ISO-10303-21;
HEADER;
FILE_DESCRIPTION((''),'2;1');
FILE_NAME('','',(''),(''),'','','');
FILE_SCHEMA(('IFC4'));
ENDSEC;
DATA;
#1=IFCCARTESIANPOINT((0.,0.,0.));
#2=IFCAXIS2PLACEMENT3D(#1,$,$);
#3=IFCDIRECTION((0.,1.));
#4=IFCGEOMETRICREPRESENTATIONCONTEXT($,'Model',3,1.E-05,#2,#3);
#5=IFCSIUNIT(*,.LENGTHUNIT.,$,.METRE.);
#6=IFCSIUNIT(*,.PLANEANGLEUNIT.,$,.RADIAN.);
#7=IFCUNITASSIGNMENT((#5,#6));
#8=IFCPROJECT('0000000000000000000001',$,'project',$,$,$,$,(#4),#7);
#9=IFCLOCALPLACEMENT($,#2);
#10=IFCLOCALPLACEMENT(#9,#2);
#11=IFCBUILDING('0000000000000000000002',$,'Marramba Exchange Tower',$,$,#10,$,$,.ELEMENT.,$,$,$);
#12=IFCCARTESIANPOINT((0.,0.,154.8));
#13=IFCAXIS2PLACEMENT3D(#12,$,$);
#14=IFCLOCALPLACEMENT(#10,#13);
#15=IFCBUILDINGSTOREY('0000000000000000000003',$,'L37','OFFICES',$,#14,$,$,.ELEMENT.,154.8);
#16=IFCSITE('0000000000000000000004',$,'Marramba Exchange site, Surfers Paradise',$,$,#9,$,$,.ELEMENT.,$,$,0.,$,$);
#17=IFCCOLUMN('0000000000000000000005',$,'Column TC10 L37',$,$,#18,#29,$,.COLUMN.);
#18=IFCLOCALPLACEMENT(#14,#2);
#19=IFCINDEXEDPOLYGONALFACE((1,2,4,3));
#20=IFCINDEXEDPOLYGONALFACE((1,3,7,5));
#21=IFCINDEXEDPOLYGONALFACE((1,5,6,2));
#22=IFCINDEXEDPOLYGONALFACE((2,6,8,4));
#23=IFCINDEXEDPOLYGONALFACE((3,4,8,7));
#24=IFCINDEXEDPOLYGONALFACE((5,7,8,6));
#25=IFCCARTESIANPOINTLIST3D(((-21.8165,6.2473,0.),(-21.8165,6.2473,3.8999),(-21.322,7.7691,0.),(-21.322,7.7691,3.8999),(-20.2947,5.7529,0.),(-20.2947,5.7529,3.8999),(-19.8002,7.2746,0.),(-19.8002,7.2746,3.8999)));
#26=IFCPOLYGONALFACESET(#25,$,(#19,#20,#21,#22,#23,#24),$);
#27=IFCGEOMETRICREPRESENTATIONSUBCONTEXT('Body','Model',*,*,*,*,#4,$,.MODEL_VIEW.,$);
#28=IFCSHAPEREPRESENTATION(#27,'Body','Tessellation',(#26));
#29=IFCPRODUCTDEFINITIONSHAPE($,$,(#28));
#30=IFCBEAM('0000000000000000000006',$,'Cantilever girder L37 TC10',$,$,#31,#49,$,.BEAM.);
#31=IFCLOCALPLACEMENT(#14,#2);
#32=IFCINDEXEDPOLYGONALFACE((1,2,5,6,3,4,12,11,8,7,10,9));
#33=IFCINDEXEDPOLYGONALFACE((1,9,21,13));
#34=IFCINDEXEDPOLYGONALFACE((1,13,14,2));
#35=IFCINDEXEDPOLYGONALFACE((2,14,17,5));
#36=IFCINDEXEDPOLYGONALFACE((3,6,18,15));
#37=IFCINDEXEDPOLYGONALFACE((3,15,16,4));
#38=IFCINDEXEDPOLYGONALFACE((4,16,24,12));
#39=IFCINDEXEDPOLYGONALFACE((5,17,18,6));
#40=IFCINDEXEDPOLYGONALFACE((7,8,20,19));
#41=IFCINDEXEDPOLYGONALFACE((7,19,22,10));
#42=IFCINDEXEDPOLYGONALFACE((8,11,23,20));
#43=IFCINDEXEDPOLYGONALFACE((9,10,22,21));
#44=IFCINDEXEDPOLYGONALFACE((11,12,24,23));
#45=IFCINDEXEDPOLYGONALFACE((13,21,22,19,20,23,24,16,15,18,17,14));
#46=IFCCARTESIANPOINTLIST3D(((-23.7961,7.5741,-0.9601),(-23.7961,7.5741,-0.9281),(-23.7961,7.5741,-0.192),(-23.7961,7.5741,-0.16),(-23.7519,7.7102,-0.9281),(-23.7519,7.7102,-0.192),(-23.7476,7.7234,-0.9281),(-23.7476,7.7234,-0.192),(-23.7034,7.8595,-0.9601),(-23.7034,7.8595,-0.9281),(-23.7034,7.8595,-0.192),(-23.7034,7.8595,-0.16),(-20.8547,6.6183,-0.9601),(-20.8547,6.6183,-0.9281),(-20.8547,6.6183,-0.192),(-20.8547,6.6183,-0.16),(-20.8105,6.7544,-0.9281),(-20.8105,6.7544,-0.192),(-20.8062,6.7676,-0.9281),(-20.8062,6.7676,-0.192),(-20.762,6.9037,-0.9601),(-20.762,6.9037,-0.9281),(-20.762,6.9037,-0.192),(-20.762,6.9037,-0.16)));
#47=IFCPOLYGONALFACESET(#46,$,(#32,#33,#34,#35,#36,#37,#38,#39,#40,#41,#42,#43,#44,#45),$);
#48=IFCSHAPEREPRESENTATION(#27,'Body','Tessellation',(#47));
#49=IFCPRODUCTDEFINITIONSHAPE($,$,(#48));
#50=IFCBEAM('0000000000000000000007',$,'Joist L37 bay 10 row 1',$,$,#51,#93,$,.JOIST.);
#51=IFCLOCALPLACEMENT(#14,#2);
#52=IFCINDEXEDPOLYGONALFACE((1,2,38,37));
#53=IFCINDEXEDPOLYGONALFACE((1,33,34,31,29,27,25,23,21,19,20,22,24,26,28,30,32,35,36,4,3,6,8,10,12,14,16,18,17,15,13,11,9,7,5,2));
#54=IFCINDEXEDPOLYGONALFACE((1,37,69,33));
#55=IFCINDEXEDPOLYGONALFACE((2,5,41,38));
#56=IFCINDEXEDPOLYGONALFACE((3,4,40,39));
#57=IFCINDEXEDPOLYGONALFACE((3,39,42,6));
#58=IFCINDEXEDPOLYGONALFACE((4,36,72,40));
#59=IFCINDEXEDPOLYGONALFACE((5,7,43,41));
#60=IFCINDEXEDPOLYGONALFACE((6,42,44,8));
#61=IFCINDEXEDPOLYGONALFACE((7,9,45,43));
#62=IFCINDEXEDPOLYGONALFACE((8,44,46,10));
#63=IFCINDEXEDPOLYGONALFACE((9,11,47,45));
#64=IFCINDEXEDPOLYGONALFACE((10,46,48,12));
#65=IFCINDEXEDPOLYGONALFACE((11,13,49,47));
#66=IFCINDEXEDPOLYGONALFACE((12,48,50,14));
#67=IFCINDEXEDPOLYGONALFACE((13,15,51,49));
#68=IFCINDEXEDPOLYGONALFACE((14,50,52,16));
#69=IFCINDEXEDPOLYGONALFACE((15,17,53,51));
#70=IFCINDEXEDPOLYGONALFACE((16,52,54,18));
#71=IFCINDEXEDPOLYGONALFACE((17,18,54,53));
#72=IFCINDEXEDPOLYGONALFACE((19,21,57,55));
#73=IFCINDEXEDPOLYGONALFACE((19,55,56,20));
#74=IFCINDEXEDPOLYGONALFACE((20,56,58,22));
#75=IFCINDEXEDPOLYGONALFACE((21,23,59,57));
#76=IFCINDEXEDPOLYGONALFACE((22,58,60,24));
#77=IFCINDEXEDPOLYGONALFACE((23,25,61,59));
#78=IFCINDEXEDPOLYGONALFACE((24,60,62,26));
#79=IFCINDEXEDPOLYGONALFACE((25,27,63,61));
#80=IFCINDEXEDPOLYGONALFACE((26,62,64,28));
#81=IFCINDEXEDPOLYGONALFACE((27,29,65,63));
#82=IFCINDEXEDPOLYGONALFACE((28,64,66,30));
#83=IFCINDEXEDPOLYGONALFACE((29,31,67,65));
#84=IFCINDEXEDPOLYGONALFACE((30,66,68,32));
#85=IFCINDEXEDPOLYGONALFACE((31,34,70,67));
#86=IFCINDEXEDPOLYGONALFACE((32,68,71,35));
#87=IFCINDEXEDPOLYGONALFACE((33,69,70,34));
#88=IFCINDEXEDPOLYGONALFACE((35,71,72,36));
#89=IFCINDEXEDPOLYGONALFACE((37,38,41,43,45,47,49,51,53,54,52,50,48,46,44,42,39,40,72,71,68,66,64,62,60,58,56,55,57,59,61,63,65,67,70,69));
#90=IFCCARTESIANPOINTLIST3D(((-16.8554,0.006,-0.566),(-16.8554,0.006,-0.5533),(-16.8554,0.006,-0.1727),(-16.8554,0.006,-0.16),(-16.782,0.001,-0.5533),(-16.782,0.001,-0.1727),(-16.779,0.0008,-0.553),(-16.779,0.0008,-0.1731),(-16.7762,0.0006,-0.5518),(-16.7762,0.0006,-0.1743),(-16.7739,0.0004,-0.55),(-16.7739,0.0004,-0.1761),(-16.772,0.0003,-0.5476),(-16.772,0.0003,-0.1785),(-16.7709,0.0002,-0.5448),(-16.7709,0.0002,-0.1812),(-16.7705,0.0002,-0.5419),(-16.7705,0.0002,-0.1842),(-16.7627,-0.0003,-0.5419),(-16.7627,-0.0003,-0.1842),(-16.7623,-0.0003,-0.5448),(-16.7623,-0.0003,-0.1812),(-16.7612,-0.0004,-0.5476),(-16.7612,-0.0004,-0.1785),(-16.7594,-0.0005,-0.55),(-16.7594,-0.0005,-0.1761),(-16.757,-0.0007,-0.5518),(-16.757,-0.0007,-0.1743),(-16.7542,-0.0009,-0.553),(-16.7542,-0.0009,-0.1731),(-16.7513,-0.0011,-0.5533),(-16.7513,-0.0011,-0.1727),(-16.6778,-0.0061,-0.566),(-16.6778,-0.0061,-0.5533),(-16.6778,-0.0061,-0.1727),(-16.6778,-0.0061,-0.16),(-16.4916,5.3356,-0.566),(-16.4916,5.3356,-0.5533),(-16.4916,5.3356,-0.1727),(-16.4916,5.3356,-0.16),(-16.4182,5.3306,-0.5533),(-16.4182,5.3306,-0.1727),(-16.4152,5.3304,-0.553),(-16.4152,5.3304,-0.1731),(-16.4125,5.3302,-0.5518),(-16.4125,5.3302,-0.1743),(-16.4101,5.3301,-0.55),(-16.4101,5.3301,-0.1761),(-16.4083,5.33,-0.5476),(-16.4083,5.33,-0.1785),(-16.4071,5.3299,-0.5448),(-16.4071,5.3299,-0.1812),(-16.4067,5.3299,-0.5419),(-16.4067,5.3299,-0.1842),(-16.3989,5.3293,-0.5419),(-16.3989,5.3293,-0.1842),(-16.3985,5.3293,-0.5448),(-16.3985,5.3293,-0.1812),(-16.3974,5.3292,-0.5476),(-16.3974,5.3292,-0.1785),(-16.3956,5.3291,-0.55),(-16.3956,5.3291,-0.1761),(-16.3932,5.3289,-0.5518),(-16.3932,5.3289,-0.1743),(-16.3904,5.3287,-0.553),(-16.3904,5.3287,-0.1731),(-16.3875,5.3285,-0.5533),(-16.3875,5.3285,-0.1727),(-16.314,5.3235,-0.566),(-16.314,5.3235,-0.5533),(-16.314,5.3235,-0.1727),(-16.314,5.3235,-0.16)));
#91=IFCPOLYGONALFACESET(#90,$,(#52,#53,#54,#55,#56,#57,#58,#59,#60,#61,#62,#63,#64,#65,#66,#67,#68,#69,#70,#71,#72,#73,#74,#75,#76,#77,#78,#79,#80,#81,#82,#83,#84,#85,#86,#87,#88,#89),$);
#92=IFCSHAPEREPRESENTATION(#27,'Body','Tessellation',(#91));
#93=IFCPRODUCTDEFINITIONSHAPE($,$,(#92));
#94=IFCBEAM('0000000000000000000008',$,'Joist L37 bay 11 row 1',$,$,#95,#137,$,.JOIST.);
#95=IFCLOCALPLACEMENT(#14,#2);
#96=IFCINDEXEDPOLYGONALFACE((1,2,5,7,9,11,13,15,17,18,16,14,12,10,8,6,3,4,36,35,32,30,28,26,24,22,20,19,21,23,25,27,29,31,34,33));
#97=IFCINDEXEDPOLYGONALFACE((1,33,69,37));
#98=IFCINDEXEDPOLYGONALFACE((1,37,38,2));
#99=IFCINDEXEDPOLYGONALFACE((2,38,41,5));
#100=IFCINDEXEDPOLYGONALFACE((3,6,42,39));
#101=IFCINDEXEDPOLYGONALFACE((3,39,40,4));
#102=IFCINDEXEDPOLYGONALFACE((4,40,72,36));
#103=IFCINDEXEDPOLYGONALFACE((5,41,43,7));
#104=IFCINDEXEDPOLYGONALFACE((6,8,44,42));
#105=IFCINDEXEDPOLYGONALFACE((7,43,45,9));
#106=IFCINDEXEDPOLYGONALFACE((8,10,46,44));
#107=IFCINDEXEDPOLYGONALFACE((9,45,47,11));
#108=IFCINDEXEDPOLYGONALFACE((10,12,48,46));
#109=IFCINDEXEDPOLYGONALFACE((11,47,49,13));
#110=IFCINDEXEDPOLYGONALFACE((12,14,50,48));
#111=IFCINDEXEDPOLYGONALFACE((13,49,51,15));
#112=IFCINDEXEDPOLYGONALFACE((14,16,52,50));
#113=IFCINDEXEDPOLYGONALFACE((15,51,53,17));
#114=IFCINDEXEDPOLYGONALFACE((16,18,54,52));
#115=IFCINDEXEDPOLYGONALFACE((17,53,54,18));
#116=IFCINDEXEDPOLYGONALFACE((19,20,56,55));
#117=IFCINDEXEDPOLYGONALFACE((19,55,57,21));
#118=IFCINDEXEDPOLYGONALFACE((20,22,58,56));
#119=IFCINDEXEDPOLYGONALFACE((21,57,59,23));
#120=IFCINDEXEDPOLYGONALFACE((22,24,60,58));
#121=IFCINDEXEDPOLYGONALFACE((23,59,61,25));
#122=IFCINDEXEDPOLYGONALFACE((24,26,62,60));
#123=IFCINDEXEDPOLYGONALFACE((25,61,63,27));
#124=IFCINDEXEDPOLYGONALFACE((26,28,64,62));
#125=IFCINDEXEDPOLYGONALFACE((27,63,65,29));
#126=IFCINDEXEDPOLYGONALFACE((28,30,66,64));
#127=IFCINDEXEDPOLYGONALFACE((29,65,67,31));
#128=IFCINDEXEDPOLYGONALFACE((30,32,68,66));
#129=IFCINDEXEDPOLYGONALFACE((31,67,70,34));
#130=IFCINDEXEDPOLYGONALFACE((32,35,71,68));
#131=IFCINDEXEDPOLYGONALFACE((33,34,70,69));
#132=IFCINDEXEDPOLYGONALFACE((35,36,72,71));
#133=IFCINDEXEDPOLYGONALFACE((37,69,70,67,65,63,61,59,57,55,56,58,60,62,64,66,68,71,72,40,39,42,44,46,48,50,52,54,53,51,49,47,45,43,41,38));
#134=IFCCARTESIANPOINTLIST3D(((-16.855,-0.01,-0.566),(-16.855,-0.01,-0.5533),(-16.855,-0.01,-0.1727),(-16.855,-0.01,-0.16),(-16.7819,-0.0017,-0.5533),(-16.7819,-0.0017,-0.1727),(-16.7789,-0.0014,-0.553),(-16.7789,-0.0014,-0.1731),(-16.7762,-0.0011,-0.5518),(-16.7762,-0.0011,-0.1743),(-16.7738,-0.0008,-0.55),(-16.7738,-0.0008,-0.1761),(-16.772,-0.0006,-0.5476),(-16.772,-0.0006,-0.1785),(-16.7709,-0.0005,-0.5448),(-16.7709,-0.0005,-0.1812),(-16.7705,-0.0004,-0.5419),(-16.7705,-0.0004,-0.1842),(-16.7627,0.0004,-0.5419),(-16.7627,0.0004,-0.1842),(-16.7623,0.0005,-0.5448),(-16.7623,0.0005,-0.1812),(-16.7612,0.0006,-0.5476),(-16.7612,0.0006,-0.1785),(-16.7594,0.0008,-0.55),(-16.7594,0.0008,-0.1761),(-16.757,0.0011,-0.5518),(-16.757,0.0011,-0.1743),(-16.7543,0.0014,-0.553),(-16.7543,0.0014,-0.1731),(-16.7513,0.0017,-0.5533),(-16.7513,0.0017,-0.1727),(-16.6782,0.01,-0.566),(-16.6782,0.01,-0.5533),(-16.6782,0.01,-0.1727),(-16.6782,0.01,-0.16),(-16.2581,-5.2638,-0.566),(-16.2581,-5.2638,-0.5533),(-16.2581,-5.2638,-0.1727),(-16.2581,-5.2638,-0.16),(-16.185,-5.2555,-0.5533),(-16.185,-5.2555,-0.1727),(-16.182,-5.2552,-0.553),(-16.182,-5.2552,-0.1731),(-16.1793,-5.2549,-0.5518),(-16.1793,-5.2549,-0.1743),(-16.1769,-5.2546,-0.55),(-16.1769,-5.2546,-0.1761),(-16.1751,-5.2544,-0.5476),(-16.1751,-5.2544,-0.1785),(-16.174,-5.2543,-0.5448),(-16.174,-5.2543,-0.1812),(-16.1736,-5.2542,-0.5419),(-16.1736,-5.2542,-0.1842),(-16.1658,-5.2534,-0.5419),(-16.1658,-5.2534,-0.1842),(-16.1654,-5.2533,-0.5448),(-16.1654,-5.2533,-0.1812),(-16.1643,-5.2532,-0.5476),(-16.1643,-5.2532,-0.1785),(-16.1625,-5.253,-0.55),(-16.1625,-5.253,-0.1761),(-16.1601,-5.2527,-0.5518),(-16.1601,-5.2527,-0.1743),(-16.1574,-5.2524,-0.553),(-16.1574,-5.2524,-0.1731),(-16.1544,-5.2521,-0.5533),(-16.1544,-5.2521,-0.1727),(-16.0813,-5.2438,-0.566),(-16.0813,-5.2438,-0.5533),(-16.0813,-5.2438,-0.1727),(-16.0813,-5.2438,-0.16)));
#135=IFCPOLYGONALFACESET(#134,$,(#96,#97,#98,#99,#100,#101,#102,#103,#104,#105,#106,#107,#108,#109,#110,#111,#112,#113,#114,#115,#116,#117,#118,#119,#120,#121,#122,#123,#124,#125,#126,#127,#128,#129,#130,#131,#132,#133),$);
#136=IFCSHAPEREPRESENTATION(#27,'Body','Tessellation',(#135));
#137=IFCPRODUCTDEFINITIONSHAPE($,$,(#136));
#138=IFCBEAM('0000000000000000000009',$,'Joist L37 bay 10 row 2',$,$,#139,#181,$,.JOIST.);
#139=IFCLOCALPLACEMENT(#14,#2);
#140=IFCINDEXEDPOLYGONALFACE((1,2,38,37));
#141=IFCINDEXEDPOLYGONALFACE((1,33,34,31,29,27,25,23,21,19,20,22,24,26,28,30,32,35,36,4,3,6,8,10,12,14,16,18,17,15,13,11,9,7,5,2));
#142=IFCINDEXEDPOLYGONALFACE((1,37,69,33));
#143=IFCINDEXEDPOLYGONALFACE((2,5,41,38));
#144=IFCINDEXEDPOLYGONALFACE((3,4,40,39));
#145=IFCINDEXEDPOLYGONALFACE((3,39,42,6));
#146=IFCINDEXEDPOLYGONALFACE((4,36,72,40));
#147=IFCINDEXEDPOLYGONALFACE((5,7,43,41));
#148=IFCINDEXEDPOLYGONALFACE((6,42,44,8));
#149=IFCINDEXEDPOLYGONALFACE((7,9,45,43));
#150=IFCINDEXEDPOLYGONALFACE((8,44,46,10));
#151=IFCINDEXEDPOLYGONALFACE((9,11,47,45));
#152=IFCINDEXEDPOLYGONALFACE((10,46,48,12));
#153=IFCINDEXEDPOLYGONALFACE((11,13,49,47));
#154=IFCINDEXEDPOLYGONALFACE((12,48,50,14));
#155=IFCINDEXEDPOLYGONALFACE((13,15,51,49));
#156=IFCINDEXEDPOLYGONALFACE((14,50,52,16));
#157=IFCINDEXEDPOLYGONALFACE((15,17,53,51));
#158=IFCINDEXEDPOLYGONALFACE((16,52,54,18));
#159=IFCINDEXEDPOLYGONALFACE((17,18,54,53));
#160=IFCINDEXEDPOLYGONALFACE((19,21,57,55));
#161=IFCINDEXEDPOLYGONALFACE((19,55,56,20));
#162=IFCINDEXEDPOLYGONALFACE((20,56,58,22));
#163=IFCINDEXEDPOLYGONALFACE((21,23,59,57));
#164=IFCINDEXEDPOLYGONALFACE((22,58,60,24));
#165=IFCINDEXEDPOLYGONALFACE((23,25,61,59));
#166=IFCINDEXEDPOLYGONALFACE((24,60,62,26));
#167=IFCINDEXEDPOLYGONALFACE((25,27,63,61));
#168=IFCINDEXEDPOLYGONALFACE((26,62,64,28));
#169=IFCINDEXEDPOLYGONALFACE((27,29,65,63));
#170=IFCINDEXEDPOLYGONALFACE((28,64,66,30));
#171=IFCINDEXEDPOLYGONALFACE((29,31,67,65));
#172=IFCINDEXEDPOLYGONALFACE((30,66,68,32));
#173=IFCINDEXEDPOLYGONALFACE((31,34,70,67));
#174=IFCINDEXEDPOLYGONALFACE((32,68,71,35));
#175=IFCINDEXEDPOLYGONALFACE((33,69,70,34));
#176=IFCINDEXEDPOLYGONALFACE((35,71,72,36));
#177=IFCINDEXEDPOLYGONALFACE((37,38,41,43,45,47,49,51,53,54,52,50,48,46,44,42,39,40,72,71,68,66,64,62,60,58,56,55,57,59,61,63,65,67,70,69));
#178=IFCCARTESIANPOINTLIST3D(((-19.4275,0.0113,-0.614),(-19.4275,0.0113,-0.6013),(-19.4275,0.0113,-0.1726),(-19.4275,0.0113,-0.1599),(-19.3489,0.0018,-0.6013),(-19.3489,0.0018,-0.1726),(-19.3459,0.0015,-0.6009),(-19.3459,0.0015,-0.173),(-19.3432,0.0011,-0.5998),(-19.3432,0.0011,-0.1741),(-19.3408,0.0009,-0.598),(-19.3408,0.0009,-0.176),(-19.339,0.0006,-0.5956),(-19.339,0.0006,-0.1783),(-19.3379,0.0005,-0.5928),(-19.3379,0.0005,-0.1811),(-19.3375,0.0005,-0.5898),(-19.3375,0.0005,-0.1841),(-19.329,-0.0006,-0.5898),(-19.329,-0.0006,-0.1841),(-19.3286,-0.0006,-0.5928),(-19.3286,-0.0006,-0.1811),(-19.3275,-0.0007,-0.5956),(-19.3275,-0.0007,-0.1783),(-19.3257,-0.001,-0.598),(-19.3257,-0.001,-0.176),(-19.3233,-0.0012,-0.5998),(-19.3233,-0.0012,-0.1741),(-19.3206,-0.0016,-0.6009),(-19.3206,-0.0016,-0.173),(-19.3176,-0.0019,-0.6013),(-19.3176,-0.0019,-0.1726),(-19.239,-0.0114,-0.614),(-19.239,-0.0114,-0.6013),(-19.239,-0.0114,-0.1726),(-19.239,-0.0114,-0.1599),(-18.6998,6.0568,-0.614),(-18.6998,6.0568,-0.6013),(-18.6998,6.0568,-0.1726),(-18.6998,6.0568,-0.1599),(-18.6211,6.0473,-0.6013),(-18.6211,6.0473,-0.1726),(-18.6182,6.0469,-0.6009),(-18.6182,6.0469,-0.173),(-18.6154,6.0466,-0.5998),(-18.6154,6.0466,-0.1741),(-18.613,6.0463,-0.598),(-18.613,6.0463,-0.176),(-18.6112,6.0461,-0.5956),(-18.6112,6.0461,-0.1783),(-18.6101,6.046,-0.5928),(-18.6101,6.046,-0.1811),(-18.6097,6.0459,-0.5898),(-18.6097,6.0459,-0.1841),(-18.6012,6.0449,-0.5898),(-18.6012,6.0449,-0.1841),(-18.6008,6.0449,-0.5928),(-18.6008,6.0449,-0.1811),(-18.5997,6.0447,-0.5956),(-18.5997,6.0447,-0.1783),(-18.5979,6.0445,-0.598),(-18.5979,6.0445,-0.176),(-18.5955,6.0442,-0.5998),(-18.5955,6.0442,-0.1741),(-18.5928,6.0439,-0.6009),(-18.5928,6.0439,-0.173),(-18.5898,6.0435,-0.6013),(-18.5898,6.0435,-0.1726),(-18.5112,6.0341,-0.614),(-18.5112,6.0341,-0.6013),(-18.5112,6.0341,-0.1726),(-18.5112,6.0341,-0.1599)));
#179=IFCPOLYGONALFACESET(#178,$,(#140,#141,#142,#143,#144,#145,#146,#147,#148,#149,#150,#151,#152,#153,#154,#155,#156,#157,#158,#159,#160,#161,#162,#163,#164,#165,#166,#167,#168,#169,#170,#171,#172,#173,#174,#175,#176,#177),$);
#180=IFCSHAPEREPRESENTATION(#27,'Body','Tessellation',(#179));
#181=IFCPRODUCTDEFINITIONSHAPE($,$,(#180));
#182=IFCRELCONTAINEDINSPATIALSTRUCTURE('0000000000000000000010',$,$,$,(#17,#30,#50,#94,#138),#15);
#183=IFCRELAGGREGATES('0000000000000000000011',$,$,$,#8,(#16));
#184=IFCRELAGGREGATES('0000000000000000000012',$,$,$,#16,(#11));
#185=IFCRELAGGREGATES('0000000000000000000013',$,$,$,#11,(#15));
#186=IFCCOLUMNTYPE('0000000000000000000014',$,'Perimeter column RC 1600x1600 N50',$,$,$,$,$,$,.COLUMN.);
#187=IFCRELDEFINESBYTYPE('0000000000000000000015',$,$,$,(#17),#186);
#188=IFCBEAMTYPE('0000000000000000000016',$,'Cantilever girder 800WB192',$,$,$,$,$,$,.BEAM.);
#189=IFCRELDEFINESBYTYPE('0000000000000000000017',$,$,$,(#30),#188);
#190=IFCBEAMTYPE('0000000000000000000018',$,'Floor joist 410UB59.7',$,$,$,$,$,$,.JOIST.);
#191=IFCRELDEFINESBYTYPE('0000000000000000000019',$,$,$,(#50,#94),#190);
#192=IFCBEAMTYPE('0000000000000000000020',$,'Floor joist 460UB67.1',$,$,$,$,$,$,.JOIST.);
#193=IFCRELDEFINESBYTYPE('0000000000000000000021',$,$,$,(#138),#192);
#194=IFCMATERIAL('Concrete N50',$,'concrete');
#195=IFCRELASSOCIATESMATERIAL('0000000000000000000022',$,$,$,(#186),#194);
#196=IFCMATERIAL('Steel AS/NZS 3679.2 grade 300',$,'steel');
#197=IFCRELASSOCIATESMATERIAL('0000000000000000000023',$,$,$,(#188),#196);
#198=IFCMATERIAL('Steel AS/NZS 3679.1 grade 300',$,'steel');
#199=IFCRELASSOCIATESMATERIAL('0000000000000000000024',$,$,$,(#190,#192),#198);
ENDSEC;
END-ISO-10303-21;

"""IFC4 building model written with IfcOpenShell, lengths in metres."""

from ifc_helpers import new_model, si_unit, direction, frame, origin, origin_2d, place, context, subcontext, project, spatial, rectangle, i_section, extrude, material, material_profile, profile_set, type_object, element, save


model = new_model("IFC4")

# Units and contexts
model_context = context("Model", 3, precision=1e-05, world=origin(), true_north=direction((0.0, 1.0)))
body_context = subcontext(model_context, "Body", "Model", "MODEL_VIEW")
ifc_project = project(units=[si_unit("LENGTHUNIT", "METRE"), si_unit("PLANEANGLEUNIT", "RADIAN")], contexts=[model_context])

# Site, building, storey
site_placement = place(None, origin())
site = spatial("IfcSite", under=ifc_project, at=site_placement, Name="Marramba Exchange site, Surfers Paradise", CompositionType="ELEMENT", RefElevation=0.0)
building_placement = place(site_placement, origin())
building = spatial("IfcBuilding", under=site, at=building_placement, Name="Marramba Exchange Tower", CompositionType="ELEMENT")
storey_placement = place(building_placement, frame((0.0, 0.0, 154.8)))
storey = spatial("IfcBuildingStorey", under=building, at=storey_placement, Name="L37", Description="OFFICES", CompositionType="ELEMENT", Elevation=154.8)

# Column
ifc_material_1 = material(Name="Concrete N50", Category="concrete")
ifc_material_profile_1 = material_profile(ifc_material_1, rectangle(XDim=1.6001, YDim=1.6001, at=origin_2d()), Name="RC 1600x1600")
ifc_profile_set_1 = profile_set([ifc_material_profile_1], Name="Concrete N50")
column_type = type_object("IfcColumnType", Name="Perimeter column RC 1600x1600 N50", PredefinedType="COLUMN", material=ifc_profile_set_1)
column_placement = place(storey_placement, frame((-20.8083, 6.761, 0.0), z_axis=(0.0, 0.0, 1.0), x_axis=(-0.951057, 0.309017, 0.0)))
element("IfcColumn", 1, at=column_placement, inside=storey, type_object=column_type, Name="Column TC10 L37", PredefinedType="COLUMN", context=body_context, shape_type="SweptSolid", body=[
    extrude(rectangle(XDim=1.6001, YDim=1.6001, at=origin_2d()), origin(), (0.0, 0.0, 1.0), 3.8999),
])

# Beams
ifc_material_2 = material(Name="Steel AS/NZS 3679.2 grade 300", Category="steel")
ifc_material_profile_2 = material_profile(ifc_material_2, i_section(OverallWidth=0.3, OverallDepth=0.8, WebThickness=0.0139, FlangeThickness=0.032, at=origin_2d()), Name="800WB192")
ifc_profile_set_2 = profile_set([ifc_material_profile_2], Name="Steel AS/NZS 3679.2 grade 300")
beam_type_1 = type_object("IfcBeamType", Name="Cantilever girder 800WB192", PredefinedType="BEAM", material=ifc_profile_set_2)
beam_1_placement = place(storey_placement, frame((-20.8083, 6.761, -0.5601), z_axis=(-0.951048, 0.309043, 0.0), x_axis=(-0.309043, -0.951048, 0.0)))
element("IfcBeam", 2, at=beam_1_placement, inside=storey, type_object=beam_type_1, Name="Cantilever girder L37 TC10", PredefinedType="BEAM", context=body_context, shape_type="SweptSolid", body=[
    extrude(i_section(OverallWidth=0.3, OverallDepth=0.8, WebThickness=0.0139, FlangeThickness=0.032, at=origin_2d()), origin(), (0.0, 0.0, 1.0), 3.0928),
])
ifc_material_3 = material(Name="Steel AS/NZS 3679.1 grade 300", Category="steel")
ifc_material_profile_3 = material_profile(ifc_material_3, i_section(OverallWidth=0.178, OverallDepth=0.406, WebThickness=0.0078, FlangeThickness=0.0127, FilletRadius=0.0115, at=origin_2d()), Name="410UB59.7")
ifc_profile_set_3 = profile_set([ifc_material_profile_3], Name="Steel AS/NZS 3679.1 grade 300")
beam_type_2 = type_object("IfcBeamType", Name="Floor joist 410UB59.7", PredefinedType="JOIST", material=ifc_profile_set_3)
beam_2_placement = place(storey_placement, frame((-16.4028, 5.3296, -0.363), z_axis=(-0.068096, -0.997679, 0.0), x_axis=(0.997679, -0.068096, 0.0)))
element("IfcBeam", 3, at=beam_2_placement, inside=storey, type_object=beam_type_2, Name="Joist L37 bay 10 row 1", PredefinedType="JOIST", context=body_context, shape_type="SweptSolid", body=[
    extrude(i_section(OverallWidth=0.178, OverallDepth=0.406, WebThickness=0.0078, FlangeThickness=0.0127, FilletRadius=0.0115, at=origin_2d()), origin(), (0.0, 0.0, 1.0), 5.342),
])
beam_3_placement = place(storey_placement, frame((-16.7666, 0.0, -0.363), z_axis=(0.112889, -0.993608, 0.0), x_axis=(0.993608, 0.112889, 0.0)))
element("IfcBeam", 4, at=beam_3_placement, inside=storey, type_object=beam_type_2, Name="Joist L37 bay 11 row 1", PredefinedType="JOIST", context=body_context, shape_type="SweptSolid", body=[
    extrude(i_section(OverallWidth=0.178, OverallDepth=0.406, WebThickness=0.0078, FlangeThickness=0.0127, FilletRadius=0.0115, at=origin_2d()), origin(), (0.0, 0.0, 1.0), 5.2876),
])
ifc_material_profile_4 = material_profile(ifc_material_3, i_section(OverallWidth=0.1899, OverallDepth=0.4541, WebThickness=0.0085, FlangeThickness=0.0127, FilletRadius=0.0115, at=origin_2d()), Name="460UB67.1")
ifc_profile_set_4 = profile_set([ifc_material_profile_4], Name="Steel AS/NZS 3679.1 grade 300")
beam_type_3 = type_object("IfcBeamType", Name="Floor joist 460UB67.1", PredefinedType="JOIST", material=ifc_profile_set_4)
beam_4_placement = place(storey_placement, frame((-18.6055, 6.0454, -0.387), z_axis=(-0.119523, -0.992831, 0.0), x_axis=(0.992831, -0.119523, 0.0)))
element("IfcBeam", 5, at=beam_4_placement, inside=storey, type_object=beam_type_3, Name="Joist L37 bay 10 row 2", PredefinedType="JOIST", context=body_context, shape_type="SweptSolid", body=[
    extrude(i_section(OverallWidth=0.1899, OverallDepth=0.4541, WebThickness=0.0085, FlangeThickness=0.0127, FilletRadius=0.0115, at=origin_2d()), origin(), (0.0, 0.0, 1.0), 6.0891),
])

save(model, "model.ifc")
